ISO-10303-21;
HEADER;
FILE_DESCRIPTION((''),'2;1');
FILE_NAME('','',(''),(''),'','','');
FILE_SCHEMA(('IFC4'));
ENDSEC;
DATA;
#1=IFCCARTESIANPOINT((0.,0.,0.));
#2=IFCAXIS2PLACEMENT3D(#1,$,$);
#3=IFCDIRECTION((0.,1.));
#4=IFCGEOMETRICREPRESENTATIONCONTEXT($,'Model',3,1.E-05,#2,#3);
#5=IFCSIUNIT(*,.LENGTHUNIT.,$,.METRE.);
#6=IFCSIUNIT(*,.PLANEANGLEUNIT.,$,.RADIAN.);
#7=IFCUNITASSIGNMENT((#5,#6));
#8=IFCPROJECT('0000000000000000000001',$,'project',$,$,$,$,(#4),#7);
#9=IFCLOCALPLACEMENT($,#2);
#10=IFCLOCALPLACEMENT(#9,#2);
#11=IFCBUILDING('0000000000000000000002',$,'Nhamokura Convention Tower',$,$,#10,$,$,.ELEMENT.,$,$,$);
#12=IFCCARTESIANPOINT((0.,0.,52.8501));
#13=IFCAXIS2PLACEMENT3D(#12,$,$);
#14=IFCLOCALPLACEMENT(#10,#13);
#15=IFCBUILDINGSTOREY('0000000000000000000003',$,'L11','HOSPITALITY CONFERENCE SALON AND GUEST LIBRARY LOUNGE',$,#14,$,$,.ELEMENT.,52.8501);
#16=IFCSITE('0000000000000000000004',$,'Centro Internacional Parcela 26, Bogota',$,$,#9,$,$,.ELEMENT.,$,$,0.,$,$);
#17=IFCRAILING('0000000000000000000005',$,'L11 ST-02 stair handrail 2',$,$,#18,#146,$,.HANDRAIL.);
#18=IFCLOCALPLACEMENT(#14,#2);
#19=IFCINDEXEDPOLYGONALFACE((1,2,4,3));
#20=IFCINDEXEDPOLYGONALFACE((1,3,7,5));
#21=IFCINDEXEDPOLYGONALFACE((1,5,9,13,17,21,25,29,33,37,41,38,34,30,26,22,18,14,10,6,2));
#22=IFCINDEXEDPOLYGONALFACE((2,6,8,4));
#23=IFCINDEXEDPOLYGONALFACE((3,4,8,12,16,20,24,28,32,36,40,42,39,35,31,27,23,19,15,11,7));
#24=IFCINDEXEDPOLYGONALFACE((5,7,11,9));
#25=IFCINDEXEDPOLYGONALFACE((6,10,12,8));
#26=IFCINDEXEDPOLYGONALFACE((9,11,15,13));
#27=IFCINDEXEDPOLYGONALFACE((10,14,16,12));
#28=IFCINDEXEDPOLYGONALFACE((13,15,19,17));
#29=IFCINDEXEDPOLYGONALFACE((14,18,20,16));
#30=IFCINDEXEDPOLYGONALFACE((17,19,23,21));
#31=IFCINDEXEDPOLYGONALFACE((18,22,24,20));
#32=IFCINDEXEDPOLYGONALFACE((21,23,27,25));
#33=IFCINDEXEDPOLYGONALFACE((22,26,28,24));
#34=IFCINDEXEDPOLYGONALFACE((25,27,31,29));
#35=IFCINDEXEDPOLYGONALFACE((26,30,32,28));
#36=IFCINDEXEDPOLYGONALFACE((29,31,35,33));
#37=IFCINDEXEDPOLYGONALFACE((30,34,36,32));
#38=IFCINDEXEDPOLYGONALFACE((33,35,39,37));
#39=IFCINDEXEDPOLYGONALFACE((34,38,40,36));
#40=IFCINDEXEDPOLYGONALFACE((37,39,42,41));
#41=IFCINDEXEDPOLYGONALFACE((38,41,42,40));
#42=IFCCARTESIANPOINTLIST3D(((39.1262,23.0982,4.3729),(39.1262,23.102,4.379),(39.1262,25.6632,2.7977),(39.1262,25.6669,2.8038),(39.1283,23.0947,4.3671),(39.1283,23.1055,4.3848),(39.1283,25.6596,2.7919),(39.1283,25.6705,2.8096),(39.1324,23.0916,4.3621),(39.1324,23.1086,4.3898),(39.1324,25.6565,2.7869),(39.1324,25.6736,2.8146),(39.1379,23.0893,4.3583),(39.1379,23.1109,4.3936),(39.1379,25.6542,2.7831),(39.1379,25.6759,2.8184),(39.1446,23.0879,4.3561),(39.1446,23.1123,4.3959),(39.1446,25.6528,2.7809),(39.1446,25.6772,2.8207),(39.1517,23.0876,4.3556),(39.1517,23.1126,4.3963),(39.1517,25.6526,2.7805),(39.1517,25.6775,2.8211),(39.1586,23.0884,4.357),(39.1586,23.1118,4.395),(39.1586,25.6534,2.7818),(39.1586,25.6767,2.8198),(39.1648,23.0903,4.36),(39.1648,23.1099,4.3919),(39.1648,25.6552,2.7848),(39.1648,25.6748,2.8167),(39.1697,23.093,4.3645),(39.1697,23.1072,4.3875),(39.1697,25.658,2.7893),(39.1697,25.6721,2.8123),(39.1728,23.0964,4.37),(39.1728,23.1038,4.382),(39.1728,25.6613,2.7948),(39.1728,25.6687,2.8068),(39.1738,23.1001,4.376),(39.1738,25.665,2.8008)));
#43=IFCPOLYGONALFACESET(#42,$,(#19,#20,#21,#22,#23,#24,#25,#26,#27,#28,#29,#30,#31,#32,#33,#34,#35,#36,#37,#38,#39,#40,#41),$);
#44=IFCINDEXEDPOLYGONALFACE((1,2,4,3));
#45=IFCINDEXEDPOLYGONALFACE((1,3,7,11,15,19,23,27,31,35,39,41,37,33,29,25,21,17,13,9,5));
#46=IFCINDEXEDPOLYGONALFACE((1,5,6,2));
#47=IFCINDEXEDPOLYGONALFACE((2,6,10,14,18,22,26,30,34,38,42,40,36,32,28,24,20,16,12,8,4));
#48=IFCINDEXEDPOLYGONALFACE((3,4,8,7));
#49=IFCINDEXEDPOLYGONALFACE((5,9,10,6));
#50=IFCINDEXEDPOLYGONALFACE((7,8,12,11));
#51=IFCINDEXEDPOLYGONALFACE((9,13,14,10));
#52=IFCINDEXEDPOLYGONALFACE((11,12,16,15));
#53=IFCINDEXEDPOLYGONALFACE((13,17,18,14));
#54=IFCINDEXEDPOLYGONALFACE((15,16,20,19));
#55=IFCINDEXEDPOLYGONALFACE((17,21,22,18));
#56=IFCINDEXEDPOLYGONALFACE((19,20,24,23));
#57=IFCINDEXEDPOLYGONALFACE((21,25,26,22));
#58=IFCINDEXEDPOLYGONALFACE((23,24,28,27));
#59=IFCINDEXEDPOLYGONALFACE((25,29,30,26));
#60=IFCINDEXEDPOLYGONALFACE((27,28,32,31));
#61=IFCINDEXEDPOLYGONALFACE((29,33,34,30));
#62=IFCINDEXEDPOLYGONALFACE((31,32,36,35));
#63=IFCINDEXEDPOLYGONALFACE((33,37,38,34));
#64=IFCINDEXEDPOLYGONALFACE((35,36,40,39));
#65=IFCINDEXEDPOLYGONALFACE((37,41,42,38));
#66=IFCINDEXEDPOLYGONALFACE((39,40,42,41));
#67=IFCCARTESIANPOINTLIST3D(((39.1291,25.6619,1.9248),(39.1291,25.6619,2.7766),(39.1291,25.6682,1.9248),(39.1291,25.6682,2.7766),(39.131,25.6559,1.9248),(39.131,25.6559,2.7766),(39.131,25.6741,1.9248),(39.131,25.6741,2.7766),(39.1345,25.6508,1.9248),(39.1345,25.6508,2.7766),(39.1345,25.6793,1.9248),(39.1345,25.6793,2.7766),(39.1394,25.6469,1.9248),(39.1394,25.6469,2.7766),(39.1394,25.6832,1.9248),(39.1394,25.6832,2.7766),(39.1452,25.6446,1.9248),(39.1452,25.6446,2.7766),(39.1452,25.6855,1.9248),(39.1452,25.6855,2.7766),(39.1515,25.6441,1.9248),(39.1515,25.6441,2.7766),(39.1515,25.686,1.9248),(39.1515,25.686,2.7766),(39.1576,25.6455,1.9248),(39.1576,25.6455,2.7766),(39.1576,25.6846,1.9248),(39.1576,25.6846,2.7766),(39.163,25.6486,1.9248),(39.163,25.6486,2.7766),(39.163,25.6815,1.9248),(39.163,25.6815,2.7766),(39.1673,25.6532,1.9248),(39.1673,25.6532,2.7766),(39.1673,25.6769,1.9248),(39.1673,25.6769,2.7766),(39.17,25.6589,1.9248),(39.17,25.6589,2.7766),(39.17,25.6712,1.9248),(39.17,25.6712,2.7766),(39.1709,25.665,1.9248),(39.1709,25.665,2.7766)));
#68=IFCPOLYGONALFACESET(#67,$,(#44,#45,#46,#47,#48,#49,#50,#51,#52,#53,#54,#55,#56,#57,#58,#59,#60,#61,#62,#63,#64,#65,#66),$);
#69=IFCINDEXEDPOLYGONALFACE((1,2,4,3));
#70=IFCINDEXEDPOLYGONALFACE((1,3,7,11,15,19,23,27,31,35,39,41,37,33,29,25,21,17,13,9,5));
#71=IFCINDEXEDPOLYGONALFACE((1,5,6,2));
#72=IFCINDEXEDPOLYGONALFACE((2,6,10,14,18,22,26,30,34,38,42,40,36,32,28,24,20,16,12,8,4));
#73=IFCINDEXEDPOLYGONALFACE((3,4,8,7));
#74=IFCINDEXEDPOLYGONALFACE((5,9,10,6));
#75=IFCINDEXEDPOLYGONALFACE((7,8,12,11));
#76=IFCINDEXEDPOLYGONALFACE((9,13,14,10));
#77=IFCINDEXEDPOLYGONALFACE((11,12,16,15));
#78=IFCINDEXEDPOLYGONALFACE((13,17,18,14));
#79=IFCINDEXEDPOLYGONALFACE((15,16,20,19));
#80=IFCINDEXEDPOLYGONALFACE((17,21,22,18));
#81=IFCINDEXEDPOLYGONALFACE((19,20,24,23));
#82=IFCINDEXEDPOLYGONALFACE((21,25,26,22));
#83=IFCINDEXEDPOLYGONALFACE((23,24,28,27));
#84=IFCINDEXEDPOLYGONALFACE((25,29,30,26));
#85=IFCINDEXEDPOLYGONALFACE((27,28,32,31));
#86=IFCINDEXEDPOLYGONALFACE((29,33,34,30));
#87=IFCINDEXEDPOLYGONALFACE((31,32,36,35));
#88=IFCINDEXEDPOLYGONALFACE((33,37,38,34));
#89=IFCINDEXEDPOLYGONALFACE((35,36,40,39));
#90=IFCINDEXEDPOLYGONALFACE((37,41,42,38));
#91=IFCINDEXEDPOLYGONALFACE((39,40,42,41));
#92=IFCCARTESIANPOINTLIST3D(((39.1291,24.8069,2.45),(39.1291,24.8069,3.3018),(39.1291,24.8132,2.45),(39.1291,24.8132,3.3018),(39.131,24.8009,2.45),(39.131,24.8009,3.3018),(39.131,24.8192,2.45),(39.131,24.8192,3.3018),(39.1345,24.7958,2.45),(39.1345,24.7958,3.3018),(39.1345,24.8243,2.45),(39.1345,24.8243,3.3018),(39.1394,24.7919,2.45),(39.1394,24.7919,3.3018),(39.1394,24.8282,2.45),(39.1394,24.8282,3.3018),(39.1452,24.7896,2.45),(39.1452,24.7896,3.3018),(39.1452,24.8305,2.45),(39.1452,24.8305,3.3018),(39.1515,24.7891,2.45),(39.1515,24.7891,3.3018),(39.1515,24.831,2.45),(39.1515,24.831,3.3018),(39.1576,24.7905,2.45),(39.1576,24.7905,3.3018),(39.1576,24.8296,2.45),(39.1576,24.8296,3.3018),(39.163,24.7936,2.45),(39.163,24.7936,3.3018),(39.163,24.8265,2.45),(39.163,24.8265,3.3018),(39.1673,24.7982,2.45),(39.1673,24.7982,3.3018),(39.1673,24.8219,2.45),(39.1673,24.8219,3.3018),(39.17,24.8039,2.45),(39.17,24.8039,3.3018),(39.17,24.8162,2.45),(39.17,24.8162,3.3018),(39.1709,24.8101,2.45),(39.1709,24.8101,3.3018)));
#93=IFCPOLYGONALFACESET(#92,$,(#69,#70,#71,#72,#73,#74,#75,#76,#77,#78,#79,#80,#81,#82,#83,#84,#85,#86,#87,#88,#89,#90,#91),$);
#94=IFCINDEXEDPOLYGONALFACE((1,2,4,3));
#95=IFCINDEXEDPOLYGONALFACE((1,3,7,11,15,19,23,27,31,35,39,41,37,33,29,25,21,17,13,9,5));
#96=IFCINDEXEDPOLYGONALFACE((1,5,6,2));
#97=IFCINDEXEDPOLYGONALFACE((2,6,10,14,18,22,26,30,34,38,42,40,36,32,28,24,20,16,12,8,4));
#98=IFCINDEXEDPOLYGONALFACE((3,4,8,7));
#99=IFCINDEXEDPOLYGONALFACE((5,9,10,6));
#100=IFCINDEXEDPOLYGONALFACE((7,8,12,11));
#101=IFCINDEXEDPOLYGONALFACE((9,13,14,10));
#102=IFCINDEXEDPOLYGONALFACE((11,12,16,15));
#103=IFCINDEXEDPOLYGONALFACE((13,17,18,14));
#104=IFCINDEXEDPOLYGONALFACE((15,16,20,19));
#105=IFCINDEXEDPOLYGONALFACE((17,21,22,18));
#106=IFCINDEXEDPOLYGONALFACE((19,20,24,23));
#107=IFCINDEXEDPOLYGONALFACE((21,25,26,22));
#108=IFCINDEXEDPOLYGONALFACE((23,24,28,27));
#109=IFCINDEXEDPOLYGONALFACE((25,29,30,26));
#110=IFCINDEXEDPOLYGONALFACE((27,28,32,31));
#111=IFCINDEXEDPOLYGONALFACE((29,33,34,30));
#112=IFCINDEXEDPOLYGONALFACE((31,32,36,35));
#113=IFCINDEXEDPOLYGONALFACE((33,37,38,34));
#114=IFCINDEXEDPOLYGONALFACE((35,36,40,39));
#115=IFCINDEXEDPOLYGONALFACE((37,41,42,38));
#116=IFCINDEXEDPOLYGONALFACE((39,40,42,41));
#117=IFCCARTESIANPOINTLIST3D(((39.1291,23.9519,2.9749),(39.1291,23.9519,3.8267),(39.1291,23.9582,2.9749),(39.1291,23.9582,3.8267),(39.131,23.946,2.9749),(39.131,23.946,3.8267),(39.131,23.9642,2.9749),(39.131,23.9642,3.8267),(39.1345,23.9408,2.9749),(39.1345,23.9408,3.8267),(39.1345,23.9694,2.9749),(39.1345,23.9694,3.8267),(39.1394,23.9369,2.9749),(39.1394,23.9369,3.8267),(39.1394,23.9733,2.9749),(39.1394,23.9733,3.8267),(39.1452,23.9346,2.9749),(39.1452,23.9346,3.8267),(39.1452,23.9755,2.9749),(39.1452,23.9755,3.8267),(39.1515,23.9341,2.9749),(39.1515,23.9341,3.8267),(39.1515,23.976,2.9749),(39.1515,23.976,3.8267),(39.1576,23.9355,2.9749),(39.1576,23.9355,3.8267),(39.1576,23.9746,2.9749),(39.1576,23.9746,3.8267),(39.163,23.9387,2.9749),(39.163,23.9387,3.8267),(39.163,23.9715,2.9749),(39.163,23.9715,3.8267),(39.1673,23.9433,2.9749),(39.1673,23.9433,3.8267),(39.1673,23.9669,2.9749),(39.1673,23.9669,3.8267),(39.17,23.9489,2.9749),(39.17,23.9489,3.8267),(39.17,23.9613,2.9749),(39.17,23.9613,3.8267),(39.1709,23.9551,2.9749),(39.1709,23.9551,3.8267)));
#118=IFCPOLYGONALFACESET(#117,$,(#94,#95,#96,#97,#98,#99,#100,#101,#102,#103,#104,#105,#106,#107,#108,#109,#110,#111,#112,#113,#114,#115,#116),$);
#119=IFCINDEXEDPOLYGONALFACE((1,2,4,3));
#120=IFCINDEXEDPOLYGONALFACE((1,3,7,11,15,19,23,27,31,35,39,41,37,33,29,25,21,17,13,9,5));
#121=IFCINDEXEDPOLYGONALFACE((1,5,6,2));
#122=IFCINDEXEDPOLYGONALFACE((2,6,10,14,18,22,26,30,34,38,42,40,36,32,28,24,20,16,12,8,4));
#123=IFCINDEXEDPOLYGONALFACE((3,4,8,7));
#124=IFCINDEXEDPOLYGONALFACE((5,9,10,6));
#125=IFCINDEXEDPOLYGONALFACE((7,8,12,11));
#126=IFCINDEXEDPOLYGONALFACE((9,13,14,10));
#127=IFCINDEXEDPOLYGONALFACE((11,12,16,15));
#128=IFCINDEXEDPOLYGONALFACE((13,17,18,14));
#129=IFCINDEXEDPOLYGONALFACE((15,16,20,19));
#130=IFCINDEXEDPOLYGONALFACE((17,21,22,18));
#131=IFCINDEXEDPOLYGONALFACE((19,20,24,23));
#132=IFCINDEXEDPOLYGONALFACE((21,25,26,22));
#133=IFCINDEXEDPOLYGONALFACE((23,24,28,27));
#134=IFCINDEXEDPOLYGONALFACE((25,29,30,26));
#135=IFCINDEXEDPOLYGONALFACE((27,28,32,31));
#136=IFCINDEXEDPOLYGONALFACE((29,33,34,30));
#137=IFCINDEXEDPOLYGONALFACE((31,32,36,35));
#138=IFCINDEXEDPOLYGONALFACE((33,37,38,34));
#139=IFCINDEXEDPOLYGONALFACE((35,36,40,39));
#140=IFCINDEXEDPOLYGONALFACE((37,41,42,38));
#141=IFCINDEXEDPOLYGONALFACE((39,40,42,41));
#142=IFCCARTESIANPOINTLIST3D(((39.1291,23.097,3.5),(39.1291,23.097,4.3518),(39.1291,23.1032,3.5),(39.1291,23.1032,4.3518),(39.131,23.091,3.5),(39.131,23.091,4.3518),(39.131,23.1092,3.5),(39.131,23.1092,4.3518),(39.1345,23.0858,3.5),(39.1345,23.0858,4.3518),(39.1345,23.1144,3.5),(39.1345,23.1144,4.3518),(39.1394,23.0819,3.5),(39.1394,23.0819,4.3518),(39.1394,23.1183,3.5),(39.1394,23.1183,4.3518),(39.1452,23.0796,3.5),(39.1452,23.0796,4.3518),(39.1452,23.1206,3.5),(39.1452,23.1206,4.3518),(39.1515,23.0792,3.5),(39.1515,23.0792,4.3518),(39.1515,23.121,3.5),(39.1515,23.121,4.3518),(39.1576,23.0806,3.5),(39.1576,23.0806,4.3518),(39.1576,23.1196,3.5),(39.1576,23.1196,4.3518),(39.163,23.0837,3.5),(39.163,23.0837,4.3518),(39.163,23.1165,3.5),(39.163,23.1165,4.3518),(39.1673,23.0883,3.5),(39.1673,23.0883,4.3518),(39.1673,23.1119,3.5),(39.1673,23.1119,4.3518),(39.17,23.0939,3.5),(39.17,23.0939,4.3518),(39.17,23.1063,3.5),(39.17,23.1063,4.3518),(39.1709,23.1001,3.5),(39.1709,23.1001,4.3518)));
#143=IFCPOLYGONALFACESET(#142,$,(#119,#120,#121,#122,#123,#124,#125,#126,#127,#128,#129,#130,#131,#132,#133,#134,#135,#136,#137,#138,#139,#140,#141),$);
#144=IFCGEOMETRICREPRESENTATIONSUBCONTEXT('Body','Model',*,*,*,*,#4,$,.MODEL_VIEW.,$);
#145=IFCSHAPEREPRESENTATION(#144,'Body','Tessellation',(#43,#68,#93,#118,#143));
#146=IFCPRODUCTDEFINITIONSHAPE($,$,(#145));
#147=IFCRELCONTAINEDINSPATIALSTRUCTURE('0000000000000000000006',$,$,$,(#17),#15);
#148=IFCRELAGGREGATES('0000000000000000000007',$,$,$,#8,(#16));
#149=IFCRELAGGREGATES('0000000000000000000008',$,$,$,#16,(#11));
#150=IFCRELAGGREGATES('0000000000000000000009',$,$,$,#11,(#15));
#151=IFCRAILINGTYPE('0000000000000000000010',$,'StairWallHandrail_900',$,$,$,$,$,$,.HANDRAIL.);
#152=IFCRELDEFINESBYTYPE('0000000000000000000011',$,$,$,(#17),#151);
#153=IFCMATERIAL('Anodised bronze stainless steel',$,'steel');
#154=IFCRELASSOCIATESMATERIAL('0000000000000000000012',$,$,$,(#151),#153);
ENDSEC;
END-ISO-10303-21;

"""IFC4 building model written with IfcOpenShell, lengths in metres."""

from ifc_helpers import new_model, si_unit, direction, frame, origin, origin_2d, place, context, subcontext, project, spatial, circle, extrude, material, type_object, element, save


model = new_model("IFC4")

# Units and contexts
model_context = context("Model", 3, precision=1e-05, world=origin(), true_north=direction((0.0, 1.0)))
body_context = subcontext(model_context, "Body", "Model", "MODEL_VIEW")
ifc_project = project(units=[si_unit("LENGTHUNIT", "METRE"), si_unit("PLANEANGLEUNIT", "RADIAN")], contexts=[model_context])

# Site, building, storey
site_placement = place(None, origin())
site = spatial("IfcSite", under=ifc_project, at=site_placement, Name="Centro Internacional Parcela 26, Bogota", CompositionType="ELEMENT", RefElevation=0.0)
building_placement = place(site_placement, origin())
building = spatial("IfcBuilding", under=site, at=building_placement, Name="Nhamokura Convention Tower", CompositionType="ELEMENT")
storey_placement = place(building_placement, frame((0.0, 0.0, 52.8501)))
storey = spatial("IfcBuildingStorey", under=building, at=storey_placement, Name="L11", Description="HOSPITALITY CONFERENCE SALON AND GUEST LIBRARY LOUNGE", CompositionType="ELEMENT", Elevation=52.8501)

# Railing
ifc_material_1 = material(Name="Anodised bronze stainless steel", Category="steel")
railing_type_1 = type_object("IfcRailingType", Name="StairWallHandrail_900", PredefinedType="HANDRAIL", material=ifc_material_1)
railing_1_placement = place(storey_placement, frame((39.1499, 25.665, 1.9248)))
element("IfcRailing", 1, at=railing_1_placement, inside=storey, type_object=railing_type_1, Name="L11 ST-02 stair handrail 2", PredefinedType="HANDRAIL", context=body_context, shape_type="SweptSolid", body=[
    extrude(circle(Radius=0.0239, at=origin_2d()), frame((0.0, 0.0, 0.876), z_axis=(0.0, -0.852137, 0.523319), x_axis=(1.0, 0.0, 0.0)), (0.0, 0.0, 1.0), 3.01),
    extrude(circle(Radius=0.021, at=origin_2d()), origin(), (0.0, 0.0, 1.0), 0.8518),
    extrude(circle(Radius=0.021, at=origin_2d()), frame((0.0, -0.855, 0.5251)), (0.0, 0.0, 1.0), 0.8518),
    extrude(circle(Radius=0.021, at=origin_2d()), frame((0.0, -1.71, 1.05)), (0.0, 0.0, 1.0), 0.8518),
    extrude(circle(Radius=0.021, at=origin_2d()), frame((0.0, -2.5649, 1.5752)), (0.0, 0.0, 1.0), 0.8518),
])

save(model, "model.ifc")
